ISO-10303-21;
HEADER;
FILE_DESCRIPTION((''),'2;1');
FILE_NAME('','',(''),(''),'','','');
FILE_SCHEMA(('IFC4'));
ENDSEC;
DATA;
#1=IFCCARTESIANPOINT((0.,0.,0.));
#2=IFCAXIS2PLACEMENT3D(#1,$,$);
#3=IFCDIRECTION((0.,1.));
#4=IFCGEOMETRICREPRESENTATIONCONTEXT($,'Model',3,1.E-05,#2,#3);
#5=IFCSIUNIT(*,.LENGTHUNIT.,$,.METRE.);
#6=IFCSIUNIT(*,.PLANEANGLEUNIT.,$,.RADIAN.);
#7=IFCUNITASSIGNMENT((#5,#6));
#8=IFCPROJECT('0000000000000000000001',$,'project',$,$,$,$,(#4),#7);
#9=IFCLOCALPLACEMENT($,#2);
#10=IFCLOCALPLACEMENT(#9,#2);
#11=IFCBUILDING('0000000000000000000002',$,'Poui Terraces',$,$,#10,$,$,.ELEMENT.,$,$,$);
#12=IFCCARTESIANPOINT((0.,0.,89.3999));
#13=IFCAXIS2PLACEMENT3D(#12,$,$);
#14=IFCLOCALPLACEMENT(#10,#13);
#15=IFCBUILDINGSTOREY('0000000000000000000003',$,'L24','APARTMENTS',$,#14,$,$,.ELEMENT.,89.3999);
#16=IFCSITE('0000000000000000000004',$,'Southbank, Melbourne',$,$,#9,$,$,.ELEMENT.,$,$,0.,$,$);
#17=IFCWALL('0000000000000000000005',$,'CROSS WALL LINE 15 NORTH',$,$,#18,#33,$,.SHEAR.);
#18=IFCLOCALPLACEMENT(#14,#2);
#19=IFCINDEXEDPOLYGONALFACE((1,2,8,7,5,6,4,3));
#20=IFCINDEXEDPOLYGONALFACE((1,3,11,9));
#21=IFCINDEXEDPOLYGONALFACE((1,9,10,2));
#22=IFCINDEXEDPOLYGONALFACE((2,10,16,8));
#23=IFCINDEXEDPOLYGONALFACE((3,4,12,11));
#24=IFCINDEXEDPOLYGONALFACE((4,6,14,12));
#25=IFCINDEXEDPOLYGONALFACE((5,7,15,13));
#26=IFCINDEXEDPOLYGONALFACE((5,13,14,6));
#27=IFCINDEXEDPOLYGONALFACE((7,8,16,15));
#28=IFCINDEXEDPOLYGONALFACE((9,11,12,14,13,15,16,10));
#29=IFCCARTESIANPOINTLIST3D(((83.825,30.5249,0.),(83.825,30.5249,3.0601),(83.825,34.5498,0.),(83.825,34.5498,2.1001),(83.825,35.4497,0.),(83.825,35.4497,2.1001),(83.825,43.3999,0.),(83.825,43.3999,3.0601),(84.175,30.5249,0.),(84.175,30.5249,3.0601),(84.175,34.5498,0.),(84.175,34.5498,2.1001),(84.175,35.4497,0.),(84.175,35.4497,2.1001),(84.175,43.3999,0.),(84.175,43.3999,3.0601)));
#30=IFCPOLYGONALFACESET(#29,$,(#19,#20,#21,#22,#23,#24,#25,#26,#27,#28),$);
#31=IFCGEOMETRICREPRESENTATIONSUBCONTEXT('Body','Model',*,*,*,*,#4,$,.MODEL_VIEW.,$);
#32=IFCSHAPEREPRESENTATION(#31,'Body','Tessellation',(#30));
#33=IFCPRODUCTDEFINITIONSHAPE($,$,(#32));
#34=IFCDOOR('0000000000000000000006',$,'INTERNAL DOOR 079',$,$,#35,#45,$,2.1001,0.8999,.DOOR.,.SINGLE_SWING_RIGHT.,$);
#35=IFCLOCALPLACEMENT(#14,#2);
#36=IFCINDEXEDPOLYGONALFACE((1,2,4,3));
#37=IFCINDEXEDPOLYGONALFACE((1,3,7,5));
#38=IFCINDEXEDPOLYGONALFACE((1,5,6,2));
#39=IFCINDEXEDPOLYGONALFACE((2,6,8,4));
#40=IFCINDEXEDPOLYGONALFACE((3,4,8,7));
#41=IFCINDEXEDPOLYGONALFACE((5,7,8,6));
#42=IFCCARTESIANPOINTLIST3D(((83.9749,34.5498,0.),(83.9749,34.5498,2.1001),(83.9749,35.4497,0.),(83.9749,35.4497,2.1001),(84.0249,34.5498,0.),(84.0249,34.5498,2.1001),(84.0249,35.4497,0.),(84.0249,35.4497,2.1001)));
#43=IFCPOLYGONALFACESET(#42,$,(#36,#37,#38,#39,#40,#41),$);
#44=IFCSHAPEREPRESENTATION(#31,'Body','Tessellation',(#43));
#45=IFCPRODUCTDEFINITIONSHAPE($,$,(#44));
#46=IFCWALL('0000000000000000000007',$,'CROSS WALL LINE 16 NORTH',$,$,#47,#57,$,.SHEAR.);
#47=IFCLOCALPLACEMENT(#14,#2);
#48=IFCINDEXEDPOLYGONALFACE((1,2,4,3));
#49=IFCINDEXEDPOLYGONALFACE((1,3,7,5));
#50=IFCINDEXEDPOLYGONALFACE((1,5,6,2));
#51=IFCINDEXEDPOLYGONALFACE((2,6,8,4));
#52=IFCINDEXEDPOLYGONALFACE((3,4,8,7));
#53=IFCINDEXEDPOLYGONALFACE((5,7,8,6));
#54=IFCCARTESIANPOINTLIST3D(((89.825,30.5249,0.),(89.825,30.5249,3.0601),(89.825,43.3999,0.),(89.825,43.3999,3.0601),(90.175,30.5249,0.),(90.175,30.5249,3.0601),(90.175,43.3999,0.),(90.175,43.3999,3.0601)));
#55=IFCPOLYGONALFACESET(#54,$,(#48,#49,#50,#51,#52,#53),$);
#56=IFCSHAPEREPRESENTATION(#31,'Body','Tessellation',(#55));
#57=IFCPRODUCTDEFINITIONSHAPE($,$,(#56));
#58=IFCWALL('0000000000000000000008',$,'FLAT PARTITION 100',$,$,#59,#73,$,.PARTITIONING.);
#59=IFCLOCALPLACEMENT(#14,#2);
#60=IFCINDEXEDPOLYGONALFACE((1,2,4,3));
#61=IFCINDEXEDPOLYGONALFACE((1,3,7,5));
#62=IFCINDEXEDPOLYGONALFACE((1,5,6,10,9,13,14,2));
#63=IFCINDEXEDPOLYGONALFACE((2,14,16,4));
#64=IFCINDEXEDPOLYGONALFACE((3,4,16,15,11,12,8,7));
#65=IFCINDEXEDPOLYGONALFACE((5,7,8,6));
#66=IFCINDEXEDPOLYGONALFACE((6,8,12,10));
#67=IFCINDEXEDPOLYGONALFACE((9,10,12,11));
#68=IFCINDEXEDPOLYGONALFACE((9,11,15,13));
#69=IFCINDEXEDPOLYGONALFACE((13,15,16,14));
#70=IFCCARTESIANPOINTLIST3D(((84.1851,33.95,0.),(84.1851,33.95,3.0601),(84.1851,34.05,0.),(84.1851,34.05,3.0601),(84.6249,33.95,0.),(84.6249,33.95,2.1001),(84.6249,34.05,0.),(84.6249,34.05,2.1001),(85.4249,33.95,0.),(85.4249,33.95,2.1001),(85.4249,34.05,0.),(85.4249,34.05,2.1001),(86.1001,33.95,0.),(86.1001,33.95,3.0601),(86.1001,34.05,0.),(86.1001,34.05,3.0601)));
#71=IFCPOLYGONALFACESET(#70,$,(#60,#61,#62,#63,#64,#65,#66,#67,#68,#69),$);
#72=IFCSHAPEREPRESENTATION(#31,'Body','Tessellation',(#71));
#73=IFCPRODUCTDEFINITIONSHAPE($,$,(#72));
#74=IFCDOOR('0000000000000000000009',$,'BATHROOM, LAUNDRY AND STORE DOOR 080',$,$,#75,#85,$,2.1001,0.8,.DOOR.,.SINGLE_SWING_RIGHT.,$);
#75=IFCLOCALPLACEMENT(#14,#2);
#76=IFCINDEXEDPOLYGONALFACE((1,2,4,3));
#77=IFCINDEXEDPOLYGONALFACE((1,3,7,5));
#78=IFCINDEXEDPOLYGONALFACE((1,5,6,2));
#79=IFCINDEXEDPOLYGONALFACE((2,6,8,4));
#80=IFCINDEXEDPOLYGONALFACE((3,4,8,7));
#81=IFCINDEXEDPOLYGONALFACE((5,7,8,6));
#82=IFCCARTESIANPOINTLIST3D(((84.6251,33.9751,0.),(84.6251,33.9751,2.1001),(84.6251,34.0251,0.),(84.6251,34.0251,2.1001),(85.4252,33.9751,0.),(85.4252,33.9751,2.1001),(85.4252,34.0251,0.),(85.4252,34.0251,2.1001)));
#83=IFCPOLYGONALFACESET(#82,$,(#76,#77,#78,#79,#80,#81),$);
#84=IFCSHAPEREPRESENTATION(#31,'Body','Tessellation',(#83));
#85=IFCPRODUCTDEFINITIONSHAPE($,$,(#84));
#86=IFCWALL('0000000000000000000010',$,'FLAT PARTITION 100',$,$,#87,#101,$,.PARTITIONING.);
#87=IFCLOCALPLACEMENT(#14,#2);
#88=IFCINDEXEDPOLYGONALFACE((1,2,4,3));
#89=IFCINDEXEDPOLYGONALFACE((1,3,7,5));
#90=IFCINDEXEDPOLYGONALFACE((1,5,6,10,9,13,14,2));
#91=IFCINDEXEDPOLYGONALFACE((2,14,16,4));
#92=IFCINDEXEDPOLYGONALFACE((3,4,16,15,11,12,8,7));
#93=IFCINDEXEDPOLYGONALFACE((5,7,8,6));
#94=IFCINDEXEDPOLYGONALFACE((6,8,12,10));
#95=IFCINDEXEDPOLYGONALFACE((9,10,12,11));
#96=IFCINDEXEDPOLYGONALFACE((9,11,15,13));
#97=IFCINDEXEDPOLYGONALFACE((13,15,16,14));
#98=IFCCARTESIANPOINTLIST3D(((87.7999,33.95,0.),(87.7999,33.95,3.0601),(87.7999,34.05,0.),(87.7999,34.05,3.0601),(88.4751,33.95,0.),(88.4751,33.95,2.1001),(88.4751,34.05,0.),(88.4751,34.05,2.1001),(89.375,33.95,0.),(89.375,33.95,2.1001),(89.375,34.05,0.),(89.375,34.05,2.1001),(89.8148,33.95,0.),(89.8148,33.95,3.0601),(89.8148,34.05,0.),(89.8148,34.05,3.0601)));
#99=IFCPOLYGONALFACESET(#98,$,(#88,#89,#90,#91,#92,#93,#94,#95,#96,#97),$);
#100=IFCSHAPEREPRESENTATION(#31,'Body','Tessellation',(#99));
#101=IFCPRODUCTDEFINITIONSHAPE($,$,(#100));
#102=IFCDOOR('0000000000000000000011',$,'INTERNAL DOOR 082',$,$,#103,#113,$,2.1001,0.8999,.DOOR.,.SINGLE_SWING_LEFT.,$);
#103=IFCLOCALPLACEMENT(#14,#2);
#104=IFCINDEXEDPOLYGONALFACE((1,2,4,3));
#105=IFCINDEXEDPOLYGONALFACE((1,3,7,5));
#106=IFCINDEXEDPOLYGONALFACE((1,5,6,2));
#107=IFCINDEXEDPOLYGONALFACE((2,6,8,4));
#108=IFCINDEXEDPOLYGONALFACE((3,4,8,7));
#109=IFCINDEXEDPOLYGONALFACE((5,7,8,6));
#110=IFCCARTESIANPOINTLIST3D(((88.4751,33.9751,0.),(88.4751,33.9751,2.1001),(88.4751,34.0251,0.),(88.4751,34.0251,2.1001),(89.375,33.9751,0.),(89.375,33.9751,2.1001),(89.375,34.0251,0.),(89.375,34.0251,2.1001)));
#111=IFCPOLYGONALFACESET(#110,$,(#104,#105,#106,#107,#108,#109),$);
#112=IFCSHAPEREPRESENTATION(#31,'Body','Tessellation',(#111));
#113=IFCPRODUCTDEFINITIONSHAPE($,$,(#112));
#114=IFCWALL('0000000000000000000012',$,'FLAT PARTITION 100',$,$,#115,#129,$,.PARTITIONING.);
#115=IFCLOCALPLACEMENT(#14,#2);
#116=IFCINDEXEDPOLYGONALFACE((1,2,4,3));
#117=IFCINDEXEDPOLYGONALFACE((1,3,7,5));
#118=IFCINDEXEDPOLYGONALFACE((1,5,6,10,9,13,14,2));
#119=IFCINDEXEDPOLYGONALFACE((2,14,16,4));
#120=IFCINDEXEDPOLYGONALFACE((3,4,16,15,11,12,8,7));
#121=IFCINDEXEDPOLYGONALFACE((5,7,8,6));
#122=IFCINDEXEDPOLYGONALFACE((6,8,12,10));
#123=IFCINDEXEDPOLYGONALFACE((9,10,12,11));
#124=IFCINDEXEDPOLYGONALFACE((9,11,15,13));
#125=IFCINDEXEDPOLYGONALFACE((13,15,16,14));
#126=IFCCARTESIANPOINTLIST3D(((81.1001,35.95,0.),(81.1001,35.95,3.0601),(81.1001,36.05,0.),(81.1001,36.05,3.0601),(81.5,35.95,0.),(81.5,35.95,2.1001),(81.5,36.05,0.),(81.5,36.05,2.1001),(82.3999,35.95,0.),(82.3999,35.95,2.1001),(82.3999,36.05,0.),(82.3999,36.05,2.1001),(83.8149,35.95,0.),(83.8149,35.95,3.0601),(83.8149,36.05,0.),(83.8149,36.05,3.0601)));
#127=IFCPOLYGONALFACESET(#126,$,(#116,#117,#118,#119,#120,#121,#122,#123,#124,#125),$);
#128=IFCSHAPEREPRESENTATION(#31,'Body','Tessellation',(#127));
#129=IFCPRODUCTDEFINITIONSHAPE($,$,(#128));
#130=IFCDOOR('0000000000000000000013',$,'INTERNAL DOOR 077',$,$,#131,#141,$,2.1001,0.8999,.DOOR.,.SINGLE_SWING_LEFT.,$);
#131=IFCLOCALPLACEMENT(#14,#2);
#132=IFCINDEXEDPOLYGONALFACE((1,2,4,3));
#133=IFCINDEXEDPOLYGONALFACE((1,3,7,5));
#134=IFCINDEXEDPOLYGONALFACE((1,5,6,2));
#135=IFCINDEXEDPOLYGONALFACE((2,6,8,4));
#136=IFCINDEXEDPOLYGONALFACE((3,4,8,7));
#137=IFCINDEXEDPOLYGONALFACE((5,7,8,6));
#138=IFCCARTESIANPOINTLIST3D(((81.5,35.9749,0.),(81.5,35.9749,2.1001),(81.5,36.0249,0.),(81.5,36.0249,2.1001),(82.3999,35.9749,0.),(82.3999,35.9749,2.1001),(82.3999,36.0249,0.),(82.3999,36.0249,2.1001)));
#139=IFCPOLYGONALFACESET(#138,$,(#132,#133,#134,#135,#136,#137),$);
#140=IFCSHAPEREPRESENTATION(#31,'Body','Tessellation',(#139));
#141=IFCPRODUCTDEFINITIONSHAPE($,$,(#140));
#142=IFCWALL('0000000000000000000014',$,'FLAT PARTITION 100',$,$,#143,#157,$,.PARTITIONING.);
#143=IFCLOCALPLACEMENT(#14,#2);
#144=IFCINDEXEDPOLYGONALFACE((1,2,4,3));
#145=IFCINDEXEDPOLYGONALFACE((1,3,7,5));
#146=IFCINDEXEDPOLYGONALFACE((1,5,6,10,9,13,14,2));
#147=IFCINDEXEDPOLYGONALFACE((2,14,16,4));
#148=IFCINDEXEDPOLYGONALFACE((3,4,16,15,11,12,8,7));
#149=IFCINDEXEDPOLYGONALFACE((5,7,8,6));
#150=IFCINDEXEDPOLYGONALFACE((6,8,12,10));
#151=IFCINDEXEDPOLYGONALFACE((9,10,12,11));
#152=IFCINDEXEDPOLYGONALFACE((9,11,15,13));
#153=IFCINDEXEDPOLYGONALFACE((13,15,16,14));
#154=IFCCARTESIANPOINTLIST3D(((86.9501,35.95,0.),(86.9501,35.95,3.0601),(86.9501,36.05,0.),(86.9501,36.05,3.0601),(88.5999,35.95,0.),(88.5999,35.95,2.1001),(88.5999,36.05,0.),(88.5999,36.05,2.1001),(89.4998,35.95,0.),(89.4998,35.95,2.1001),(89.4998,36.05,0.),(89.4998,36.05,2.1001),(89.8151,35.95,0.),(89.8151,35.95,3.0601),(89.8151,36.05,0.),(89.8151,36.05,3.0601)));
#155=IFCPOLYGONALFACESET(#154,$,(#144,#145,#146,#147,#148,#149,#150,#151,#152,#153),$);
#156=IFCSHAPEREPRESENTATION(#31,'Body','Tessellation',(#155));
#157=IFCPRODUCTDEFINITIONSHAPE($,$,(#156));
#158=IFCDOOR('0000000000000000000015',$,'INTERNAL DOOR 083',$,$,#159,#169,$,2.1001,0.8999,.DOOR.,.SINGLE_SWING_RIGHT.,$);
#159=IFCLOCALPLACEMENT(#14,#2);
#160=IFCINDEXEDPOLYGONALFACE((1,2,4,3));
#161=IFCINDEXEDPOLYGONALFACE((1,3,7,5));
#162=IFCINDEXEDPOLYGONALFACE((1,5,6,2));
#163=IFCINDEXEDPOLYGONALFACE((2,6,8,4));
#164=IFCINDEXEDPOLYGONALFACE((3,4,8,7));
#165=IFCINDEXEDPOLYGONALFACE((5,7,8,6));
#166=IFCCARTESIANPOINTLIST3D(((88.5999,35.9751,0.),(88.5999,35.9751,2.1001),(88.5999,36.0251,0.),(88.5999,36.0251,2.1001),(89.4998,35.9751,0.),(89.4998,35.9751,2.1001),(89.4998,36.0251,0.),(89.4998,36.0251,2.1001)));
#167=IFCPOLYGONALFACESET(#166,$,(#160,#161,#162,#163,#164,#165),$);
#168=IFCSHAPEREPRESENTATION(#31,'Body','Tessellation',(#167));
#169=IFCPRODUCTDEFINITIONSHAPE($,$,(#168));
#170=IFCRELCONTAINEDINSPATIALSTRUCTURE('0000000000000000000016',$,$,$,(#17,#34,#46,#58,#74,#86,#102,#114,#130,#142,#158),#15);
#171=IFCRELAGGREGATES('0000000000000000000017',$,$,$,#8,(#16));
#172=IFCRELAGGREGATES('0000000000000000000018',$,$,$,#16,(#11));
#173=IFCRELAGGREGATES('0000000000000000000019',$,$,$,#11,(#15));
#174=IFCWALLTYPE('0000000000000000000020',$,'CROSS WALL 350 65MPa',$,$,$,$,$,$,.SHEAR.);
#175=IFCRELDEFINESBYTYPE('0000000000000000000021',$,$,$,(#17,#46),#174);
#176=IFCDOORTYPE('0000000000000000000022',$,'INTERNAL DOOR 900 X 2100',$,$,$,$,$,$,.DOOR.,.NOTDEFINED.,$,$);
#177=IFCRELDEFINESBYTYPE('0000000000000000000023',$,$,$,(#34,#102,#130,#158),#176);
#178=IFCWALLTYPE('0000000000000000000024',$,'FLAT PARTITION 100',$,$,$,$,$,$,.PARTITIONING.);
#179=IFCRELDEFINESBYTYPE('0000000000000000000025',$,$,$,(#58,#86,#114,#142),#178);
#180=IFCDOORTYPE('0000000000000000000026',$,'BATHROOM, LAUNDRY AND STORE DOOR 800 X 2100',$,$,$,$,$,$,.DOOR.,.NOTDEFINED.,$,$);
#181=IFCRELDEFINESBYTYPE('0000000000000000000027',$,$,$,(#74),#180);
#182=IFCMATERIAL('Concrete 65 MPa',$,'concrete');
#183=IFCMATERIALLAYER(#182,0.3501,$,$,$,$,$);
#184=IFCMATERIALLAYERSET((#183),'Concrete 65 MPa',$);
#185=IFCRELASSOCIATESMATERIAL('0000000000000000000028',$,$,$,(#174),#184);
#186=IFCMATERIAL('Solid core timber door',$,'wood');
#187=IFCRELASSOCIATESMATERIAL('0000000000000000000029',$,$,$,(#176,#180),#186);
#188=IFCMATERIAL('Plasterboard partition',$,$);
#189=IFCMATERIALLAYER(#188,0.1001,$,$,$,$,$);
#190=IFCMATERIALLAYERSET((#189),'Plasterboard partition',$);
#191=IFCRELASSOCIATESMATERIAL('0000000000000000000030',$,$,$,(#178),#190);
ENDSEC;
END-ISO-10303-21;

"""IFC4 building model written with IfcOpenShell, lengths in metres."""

from ifc_helpers import new_model, si_unit, direction, frame, frame_2d, origin, place, context, subcontext, project, spatial, rectangle, extrude, material, layer, layer_set, type_object, element, fill, save


model = new_model("IFC4")

# Units and contexts
model_context = context("Model", 3, precision=1e-05, world=origin(), true_north=direction((0.0, 1.0)))
body_context = subcontext(model_context, "Body", "Model", "MODEL_VIEW")
ifc_project = project(units=[si_unit("LENGTHUNIT", "METRE"), si_unit("PLANEANGLEUNIT", "RADIAN")], contexts=[model_context])

# Site, building, storey
site_placement = place(None, origin())
site = spatial("IfcSite", under=ifc_project, at=site_placement, Name="Southbank, Melbourne", CompositionType="ELEMENT", RefElevation=0.0)
building_placement = place(site_placement, origin())
building = spatial("IfcBuilding", under=site, at=building_placement, Name="Poui Terraces", CompositionType="ELEMENT")
storey_placement = place(building_placement, frame((0.0, 0.0, 89.3999)))
storey = spatial("IfcBuildingStorey", under=building, at=storey_placement, Name="L24", Description="APARTMENTS", CompositionType="ELEMENT", Elevation=89.3999)

# Wall, opening, door
ifc_material_1 = material(Name="Concrete 65 MPa", Category="concrete")
ifc_layer_1 = layer(ifc_material_1, 0.3501)
ifc_layer_set_1 = layer_set([ifc_layer_1], Name="Concrete 65 MPa")
wall_type_1 = type_object("IfcWallType", Name="CROSS WALL 350 65MPa", PredefinedType="SHEAR", material=ifc_layer_set_1)
wall_1_placement = place(storey_placement, frame((84.0, 30.5249, 0.0), z_axis=(0.0, 0.0, 1.0), x_axis=(0.0, 1.0, 0.0)))
wall_1 = element("IfcWall", 1, at=wall_1_placement, inside=storey, type_object=wall_type_1, Name="CROSS WALL LINE 15 NORTH", PredefinedType="SHEAR", context=body_context, shape_type="SweptSolid", body=[
    extrude(rectangle(XDim=12.875, YDim=0.3501, at=frame_2d((6.4375, 0.0))), origin(), (0.0, 0.0, 1.0), 3.0601),
])
opening_1_placement = place(wall_1_placement, frame((4.0249, 0.0, 0.0)))
opening_1 = element("IfcOpeningElement", 2, at=opening_1_placement, cuts=wall_1, PredefinedType="OPENING", context=body_context, shape_type="SweptSolid", body=[
    extrude(rectangle(XDim=0.8999, YDim=2.1001, at=frame_2d((0.45, 1.05))), frame((0.0, 0.1851, 0.0), z_axis=(0.0, -1.0, 0.0), x_axis=(1.0, 0.0, 0.0)), (0.0, 0.0, 1.0), 0.3701),
])
ifc_material_2 = material(Name="Solid core timber door", Category="wood")
door_type_1 = type_object("IfcDoorType", Name="INTERNAL DOOR 900 X 2100", OperationType="NOTDEFINED", PredefinedType="DOOR", material=ifc_material_2)
door_1_placement = place(opening_1_placement, frame((0.8999, 0.0, 0.0), z_axis=(0.0, 0.0, 1.0), x_axis=(-1.0, 0.0, 0.0)))
door_1 = element("IfcDoor", 3, at=door_1_placement, inside=storey, type_object=door_type_1, Name="INTERNAL DOOR 079", OperationType="SINGLE_SWING_RIGHT", OverallHeight=2.1001, OverallWidth=0.8999, PredefinedType="DOOR", context=body_context, shape_type="SweptSolid", body=[
    extrude(rectangle(XDim=0.8999, YDim=2.1001, at=frame_2d((0.45, 1.05))), frame((0.0, 0.0249, 0.0), z_axis=(0.0, -1.0, 0.0), x_axis=(1.0, 0.0, 0.0)), (0.0, 0.0, 1.0), 0.05),
])
fill(opening_1, door_1)

# Wall
wall_2_placement = place(storey_placement, frame((90.0, 30.5249, 0.0), z_axis=(0.0, 0.0, 1.0), x_axis=(0.0, 1.0, 0.0)))
element("IfcWall", 4, at=wall_2_placement, inside=storey, type_object=wall_type_1, Name="CROSS WALL LINE 16 NORTH", PredefinedType="SHEAR", context=body_context, shape_type="SweptSolid", body=[
    extrude(rectangle(XDim=12.875, YDim=0.3501, at=frame_2d((6.4375, 0.0))), origin(), (0.0, 0.0, 1.0), 3.0601),
])

# Walls, openings, doors
ifc_material_3 = material(Name="Plasterboard partition")
ifc_layer_2 = layer(ifc_material_3, 0.1001)
ifc_layer_set_2 = layer_set([ifc_layer_2], Name="Plasterboard partition")
wall_type_2 = type_object("IfcWallType", Name="FLAT PARTITION 100", PredefinedType="PARTITIONING", material=ifc_layer_set_2)
wall_3_placement = place(storey_placement, frame((84.1851, 34.0, 0.0), z_axis=(0.0, 0.0, 1.0), x_axis=(1.0, 0.0, 0.0)))
wall_3 = element("IfcWall", 5, at=wall_3_placement, inside=storey, type_object=wall_type_2, Name="FLAT PARTITION 100", PredefinedType="PARTITIONING", context=body_context, shape_type="SweptSolid", body=[
    extrude(rectangle(XDim=1.915, YDim=0.1001, at=frame_2d((0.9575, 0.0))), origin(), (0.0, 0.0, 1.0), 3.0601),
])
opening_2_placement = place(wall_3_placement, frame((0.4399, 0.0, 0.0)))
opening_2 = element("IfcOpeningElement", 6, at=opening_2_placement, cuts=wall_3, PredefinedType="OPENING", context=body_context, shape_type="SweptSolid", body=[
    extrude(rectangle(XDim=0.8, YDim=2.1001, at=frame_2d((0.3999, 1.05))), frame((0.0, 0.0601, 0.0), z_axis=(0.0, -1.0, 0.0), x_axis=(1.0, 0.0, 0.0)), (0.0, 0.0, 1.0), 0.1201),
])
door_type_2 = type_object("IfcDoorType", Name="BATHROOM, LAUNDRY AND STORE DOOR 800 X 2100", OperationType="NOTDEFINED", PredefinedType="DOOR", material=ifc_material_2)
door_2_placement = place(opening_2_placement, frame((0.8, 0.0, 0.0), z_axis=(0.0, 0.0, 1.0), x_axis=(-1.0, 0.0, 0.0)))
door_2 = element("IfcDoor", 7, at=door_2_placement, inside=storey, type_object=door_type_2, Name="BATHROOM, LAUNDRY AND STORE DOOR 080", OperationType="SINGLE_SWING_RIGHT", OverallHeight=2.1001, OverallWidth=0.8, PredefinedType="DOOR", context=body_context, shape_type="SweptSolid", body=[
    extrude(rectangle(XDim=0.8, YDim=2.1001, at=frame_2d((0.3999, 1.05))), frame((0.0, 0.0249, 0.0), z_axis=(0.0, -1.0, 0.0), x_axis=(1.0, 0.0, 0.0)), (0.0, 0.0, 1.0), 0.05),
])
fill(opening_2, door_2)
wall_4_placement = place(storey_placement, frame((87.8, 34.0, 0.0), z_axis=(0.0, 0.0, 1.0), x_axis=(1.0, 0.0, 0.0)))
wall_4 = element("IfcWall", 8, at=wall_4_placement, inside=storey, type_object=wall_type_2, Name="FLAT PARTITION 100", PredefinedType="PARTITIONING", context=body_context, shape_type="SweptSolid", body=[
    extrude(rectangle(XDim=2.0149, YDim=0.1001, at=frame_2d((1.0073, 0.0))), origin(), (0.0, 0.0, 1.0), 3.0601),
])
opening_3_placement = place(wall_4_placement, frame((0.675, 0.0, 0.0)))
opening_3 = element("IfcOpeningElement", 9, at=opening_3_placement, cuts=wall_4, PredefinedType="OPENING", context=body_context, shape_type="SweptSolid", body=[
    extrude(rectangle(XDim=0.8999, YDim=2.1001, at=frame_2d((0.45, 1.05))), frame((0.0, 0.0601, 0.0), z_axis=(0.0, -1.0, 0.0), x_axis=(1.0, 0.0, 0.0)), (0.0, 0.0, 1.0), 0.1201),
])
door_3_placement = place(opening_3_placement, frame((0.8999, 0.0, 0.0), z_axis=(0.0, 0.0, 1.0), x_axis=(-1.0, 0.0, 0.0)))
door_3 = element("IfcDoor", 10, at=door_3_placement, inside=storey, type_object=door_type_1, Name="INTERNAL DOOR 082", OperationType="SINGLE_SWING_LEFT", OverallHeight=2.1001, OverallWidth=0.8999, PredefinedType="DOOR", context=body_context, shape_type="SweptSolid", body=[
    extrude(rectangle(XDim=0.8999, YDim=2.1001, at=frame_2d((0.45, 1.05))), frame((0.0, 0.0249, 0.0), z_axis=(0.0, -1.0, 0.0), x_axis=(1.0, 0.0, 0.0)), (0.0, 0.0, 1.0), 0.05),
])
fill(opening_3, door_3)
wall_5_placement = place(storey_placement, frame((81.1001, 36.0, 0.0), z_axis=(0.0, 0.0, 1.0), x_axis=(1.0, 0.0, 0.0)))
wall_5 = element("IfcWall", 11, at=wall_5_placement, inside=storey, type_object=wall_type_2, Name="FLAT PARTITION 100", PredefinedType="PARTITIONING", context=body_context, shape_type="SweptSolid", body=[
    extrude(rectangle(XDim=2.7148, YDim=0.1001, at=frame_2d((1.3574, 0.0))), origin(), (0.0, 0.0, 1.0), 3.0601),
])
opening_4_placement = place(wall_5_placement, frame((0.3999, 0.0, 0.0)))
opening_4 = element("IfcOpeningElement", 12, at=opening_4_placement, cuts=wall_5, PredefinedType="OPENING", context=body_context, shape_type="SweptSolid", body=[
    extrude(rectangle(XDim=0.8999, YDim=2.1001, at=frame_2d((0.45, 1.05))), frame((0.0, 0.0601, 0.0), z_axis=(0.0, -1.0, 0.0), x_axis=(1.0, 0.0, 0.0)), (0.0, 0.0, 1.0), 0.1201),
])
door_4_placement = place(opening_4_placement, origin())
door_4 = element("IfcDoor", 13, at=door_4_placement, inside=storey, type_object=door_type_1, Name="INTERNAL DOOR 077", OperationType="SINGLE_SWING_LEFT", OverallHeight=2.1001, OverallWidth=0.8999, PredefinedType="DOOR", context=body_context, shape_type="SweptSolid", body=[
    extrude(rectangle(XDim=0.8999, YDim=2.1001, at=frame_2d((0.45, 1.05))), frame((0.0, 0.0249, 0.0), z_axis=(0.0, -1.0, 0.0), x_axis=(1.0, 0.0, 0.0)), (0.0, 0.0, 1.0), 0.05),
])
fill(opening_4, door_4)
wall_6_placement = place(storey_placement, frame((86.95, 36.0, 0.0), z_axis=(0.0, 0.0, 1.0), x_axis=(1.0, 0.0, 0.0)))
wall_6 = element("IfcWall", 14, at=wall_6_placement, inside=storey, type_object=wall_type_2, Name="FLAT PARTITION 100", PredefinedType="PARTITIONING", context=body_context, shape_type="SweptSolid", body=[
    extrude(rectangle(XDim=2.865, YDim=0.1001, at=frame_2d((1.4326, 0.0))), origin(), (0.0, 0.0, 1.0), 3.0601),
])
opening_5_placement = place(wall_6_placement, frame((1.6499, 0.0, 0.0)))
opening_5 = element("IfcOpeningElement", 15, at=opening_5_placement, cuts=wall_6, PredefinedType="OPENING", context=body_context, shape_type="SweptSolid", body=[
    extrude(rectangle(XDim=0.8999, YDim=2.1001, at=frame_2d((0.45, 1.05))), frame((0.0, 0.0601, 0.0), z_axis=(0.0, -1.0, 0.0), x_axis=(1.0, 0.0, 0.0)), (0.0, 0.0, 1.0), 0.1201),
])
door_5_placement = place(opening_5_placement, frame((0.8999, 0.0, 0.0), z_axis=(0.0, 0.0, 1.0), x_axis=(-1.0, 0.0, 0.0)))
door_5 = element("IfcDoor", 16, at=door_5_placement, inside=storey, type_object=door_type_1, Name="INTERNAL DOOR 083", OperationType="SINGLE_SWING_RIGHT", OverallHeight=2.1001, OverallWidth=0.8999, PredefinedType="DOOR", context=body_context, shape_type="SweptSolid", body=[
    extrude(rectangle(XDim=0.8999, YDim=2.1001, at=frame_2d((0.45, 1.05))), frame((0.0, 0.0249, 0.0), z_axis=(0.0, -1.0, 0.0), x_axis=(1.0, 0.0, 0.0)), (0.0, 0.0, 1.0), 0.05),
])
fill(opening_5, door_5)

save(model, "model.ifc")
